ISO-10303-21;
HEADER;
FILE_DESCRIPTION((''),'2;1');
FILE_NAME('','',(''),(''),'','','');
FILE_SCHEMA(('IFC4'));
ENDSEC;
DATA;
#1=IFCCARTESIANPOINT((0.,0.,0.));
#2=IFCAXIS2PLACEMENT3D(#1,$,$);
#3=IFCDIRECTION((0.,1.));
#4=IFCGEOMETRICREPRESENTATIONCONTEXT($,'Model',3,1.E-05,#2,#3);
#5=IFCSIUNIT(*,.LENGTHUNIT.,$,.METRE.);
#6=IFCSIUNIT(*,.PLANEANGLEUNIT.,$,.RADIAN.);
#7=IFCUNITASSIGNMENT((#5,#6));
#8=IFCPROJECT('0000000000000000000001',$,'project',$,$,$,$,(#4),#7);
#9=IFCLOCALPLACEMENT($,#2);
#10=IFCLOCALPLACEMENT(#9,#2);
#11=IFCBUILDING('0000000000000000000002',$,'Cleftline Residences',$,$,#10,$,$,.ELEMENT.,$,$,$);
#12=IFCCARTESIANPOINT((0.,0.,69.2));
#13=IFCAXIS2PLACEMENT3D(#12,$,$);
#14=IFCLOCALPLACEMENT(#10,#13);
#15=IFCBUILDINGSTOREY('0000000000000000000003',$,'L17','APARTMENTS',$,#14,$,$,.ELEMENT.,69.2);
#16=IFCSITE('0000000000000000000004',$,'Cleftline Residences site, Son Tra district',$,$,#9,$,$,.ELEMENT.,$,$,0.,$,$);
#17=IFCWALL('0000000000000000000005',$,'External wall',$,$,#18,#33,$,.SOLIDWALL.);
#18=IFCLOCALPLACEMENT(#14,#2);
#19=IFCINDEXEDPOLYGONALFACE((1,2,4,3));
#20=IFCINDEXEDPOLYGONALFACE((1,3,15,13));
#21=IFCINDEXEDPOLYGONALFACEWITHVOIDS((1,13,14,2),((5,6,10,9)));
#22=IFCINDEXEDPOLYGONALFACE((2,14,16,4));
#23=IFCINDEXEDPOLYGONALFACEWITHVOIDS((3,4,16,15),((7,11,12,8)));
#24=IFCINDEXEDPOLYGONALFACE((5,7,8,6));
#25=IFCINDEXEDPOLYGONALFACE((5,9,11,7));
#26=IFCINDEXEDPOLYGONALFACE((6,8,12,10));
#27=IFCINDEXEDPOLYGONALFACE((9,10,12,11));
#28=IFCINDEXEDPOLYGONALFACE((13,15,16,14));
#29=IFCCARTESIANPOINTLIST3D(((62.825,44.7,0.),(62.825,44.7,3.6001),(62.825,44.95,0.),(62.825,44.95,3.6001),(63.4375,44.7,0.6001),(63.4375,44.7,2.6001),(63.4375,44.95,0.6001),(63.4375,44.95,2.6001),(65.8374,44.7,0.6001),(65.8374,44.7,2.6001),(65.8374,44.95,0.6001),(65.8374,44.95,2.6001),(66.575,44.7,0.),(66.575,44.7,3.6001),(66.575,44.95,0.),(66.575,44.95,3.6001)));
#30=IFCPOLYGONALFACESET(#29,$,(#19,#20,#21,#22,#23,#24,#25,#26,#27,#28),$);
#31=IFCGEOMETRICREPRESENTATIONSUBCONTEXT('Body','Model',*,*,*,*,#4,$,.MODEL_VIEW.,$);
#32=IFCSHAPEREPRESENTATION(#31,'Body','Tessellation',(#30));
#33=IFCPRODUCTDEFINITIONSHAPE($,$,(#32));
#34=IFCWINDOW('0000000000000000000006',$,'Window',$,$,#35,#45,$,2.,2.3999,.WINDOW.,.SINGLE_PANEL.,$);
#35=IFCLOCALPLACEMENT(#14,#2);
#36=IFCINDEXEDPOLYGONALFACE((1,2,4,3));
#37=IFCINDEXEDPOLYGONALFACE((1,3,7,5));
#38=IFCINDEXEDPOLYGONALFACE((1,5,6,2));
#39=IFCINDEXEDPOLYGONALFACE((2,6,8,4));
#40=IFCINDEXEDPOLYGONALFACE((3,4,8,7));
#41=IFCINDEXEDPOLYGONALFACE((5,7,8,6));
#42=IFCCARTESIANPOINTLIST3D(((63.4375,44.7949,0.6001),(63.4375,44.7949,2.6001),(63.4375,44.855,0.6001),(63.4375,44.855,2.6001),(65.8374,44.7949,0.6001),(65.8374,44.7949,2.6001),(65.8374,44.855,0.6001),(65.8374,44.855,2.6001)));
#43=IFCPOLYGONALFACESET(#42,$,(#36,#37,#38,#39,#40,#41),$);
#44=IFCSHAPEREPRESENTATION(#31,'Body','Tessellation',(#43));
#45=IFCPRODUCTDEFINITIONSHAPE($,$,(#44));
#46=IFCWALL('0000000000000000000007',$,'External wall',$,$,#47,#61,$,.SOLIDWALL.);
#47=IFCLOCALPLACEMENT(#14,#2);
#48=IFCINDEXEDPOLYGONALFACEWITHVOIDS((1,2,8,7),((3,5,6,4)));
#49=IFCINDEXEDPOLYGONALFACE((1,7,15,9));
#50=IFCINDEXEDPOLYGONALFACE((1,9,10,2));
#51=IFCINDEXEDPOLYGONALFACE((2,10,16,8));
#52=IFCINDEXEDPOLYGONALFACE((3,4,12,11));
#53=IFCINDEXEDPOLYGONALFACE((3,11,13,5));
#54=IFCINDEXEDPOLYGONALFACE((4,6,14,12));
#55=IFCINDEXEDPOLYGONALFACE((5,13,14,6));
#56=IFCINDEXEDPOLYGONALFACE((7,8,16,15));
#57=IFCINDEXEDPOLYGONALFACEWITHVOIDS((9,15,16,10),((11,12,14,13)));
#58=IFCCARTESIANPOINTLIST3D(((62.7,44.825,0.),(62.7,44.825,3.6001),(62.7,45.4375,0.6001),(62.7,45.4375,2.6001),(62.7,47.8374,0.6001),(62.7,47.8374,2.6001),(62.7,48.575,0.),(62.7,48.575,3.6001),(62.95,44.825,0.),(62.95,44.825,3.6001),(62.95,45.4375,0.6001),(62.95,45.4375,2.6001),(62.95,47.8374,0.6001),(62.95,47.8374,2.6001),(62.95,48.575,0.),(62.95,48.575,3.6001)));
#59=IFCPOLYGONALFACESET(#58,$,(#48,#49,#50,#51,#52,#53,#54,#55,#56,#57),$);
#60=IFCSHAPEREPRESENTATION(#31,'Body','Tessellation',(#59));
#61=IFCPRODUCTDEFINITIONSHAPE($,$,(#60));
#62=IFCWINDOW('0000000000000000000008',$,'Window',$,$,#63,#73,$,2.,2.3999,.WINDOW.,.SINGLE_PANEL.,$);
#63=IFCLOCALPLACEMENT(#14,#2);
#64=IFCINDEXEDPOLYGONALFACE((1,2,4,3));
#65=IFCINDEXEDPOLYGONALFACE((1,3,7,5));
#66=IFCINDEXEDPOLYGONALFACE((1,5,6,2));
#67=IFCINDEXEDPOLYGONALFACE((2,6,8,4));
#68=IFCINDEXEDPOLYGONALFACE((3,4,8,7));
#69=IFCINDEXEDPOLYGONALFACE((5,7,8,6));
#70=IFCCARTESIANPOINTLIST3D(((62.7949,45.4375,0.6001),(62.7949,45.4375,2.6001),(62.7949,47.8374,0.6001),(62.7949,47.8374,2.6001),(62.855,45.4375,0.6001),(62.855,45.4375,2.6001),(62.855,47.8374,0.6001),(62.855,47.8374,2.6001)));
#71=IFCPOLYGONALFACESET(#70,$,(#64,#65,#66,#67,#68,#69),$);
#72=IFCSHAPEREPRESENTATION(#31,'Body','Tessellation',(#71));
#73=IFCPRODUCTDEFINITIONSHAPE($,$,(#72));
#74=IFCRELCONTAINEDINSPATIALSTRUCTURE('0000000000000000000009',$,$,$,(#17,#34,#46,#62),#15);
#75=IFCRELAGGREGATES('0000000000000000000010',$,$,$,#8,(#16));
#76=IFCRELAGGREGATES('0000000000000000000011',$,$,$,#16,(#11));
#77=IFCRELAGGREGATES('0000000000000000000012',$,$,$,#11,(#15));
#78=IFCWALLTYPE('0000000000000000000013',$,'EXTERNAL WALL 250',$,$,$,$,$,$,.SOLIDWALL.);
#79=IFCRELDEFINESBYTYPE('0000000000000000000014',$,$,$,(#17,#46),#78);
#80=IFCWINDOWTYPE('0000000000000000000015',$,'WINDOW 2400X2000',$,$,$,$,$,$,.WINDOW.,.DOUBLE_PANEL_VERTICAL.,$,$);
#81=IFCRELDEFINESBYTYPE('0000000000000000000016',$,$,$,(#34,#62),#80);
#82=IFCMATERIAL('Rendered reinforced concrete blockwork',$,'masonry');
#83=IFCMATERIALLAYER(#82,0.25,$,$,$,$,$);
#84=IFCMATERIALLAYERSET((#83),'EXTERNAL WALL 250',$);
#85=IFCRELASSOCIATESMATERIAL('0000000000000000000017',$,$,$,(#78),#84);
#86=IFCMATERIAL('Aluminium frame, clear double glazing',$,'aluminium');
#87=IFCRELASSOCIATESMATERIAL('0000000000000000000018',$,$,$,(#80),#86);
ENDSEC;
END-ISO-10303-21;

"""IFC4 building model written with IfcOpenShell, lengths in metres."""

from ifc_helpers import new_model, si_unit, direction, frame, frame_2d, origin, place, context, subcontext, project, spatial, rectangle, extrude, material, layer, layer_set, type_object, element, fill, save


model = new_model("IFC4")

# Units and contexts
model_context = context("Model", 3, precision=1e-05, world=origin(), true_north=direction((0.0, 1.0)))
body_context = subcontext(model_context, "Body", "Model", "MODEL_VIEW")
ifc_project = project(units=[si_unit("LENGTHUNIT", "METRE"), si_unit("PLANEANGLEUNIT", "RADIAN")], contexts=[model_context])

# Site, building, storey
site_placement = place(None, origin())
site = spatial("IfcSite", under=ifc_project, at=site_placement, Name="Cleftline Residences site, Son Tra district", CompositionType="ELEMENT", RefElevation=0.0)
building_placement = place(site_placement, origin())
building = spatial("IfcBuilding", under=site, at=building_placement, Name="Cleftline Residences", CompositionType="ELEMENT")
storey_placement = place(building_placement, frame((0.0, 0.0, 69.2)))
storey = spatial("IfcBuildingStorey", under=building, at=storey_placement, Name="L17", Description="APARTMENTS", CompositionType="ELEMENT", Elevation=69.2)

# Walls, openings, windows
ifc_material_1 = material(Name="Rendered reinforced concrete blockwork", Category="masonry")
ifc_layer_1 = layer(ifc_material_1, 0.25)
ifc_layer_set_1 = layer_set([ifc_layer_1], Name="EXTERNAL WALL 250")
wall_type_1 = type_object("IfcWallType", Name="EXTERNAL WALL 250", PredefinedType="SOLIDWALL", material=ifc_layer_set_1)
wall_1_placement = place(storey_placement, frame((66.575, 44.825, 0.0), z_axis=(0.0, 0.0, 1.0), x_axis=(-1.0, 0.0, 0.0)))
wall_1 = element("IfcWall", 1, at=wall_1_placement, inside=storey, type_object=wall_type_1, Name="External wall", PredefinedType="SOLIDWALL", context=body_context, shape_type="SweptSolid", body=[
    extrude(rectangle(XDim=3.75, YDim=0.25, at=frame_2d((1.875, 0.0))), origin(), (0.0, 0.0, 1.0), 3.6001),
])
opening_1_placement = place(wall_1_placement, frame((0.7375, 0.0, 0.6001)))
opening_1 = element("IfcOpeningElement", 2, at=opening_1_placement, cuts=wall_1, PredefinedType="OPENING", context=body_context, shape_type="SweptSolid", body=[
    extrude(rectangle(XDim=2.3999, YDim=2.0, at=frame_2d((1.2, 1.0))), frame((0.0, 0.135, 0.0), z_axis=(0.0, -1.0, 0.0), x_axis=(1.0, 0.0, 0.0)), (0.0, 0.0, 1.0), 0.27),
])
ifc_material_2 = material(Name="Aluminium frame, clear double glazing", Category="aluminium")
window_type_1 = type_object("IfcWindowType", Name="WINDOW 2400X2000", PartitioningType="DOUBLE_PANEL_VERTICAL", PredefinedType="WINDOW", material=ifc_material_2)
window_1_placement = place(opening_1_placement, origin())
window_1 = element("IfcWindow", 3, at=window_1_placement, inside=storey, type_object=window_type_1, Name="Window", OverallHeight=2.0, OverallWidth=2.3999, PartitioningType="SINGLE_PANEL", PredefinedType="WINDOW", context=body_context, shape_type="SweptSolid", body=[
    extrude(rectangle(XDim=2.3999, YDim=2.0, at=frame_2d((1.2, 1.0))), frame((0.0, 0.03, 0.0), z_axis=(0.0, -1.0, 0.0), x_axis=(1.0, 0.0, 0.0)), (0.0, 0.0, 1.0), 0.0601),
])
fill(opening_1, window_1)
wall_2_placement = place(storey_placement, frame((62.825, 44.825, 0.0), z_axis=(0.0, 0.0, 1.0), x_axis=(0.0, 1.0, 0.0)))
wall_2 = element("IfcWall", 4, at=wall_2_placement, inside=storey, type_object=wall_type_1, Name="External wall", PredefinedType="SOLIDWALL", context=body_context, shape_type="SweptSolid", body=[
    extrude(rectangle(XDim=3.75, YDim=0.25, at=frame_2d((1.875, 0.0))), origin(), (0.0, 0.0, 1.0), 3.6001),
])
opening_2_placement = place(wall_2_placement, frame((0.6125, 0.0, 0.6001)))
opening_2 = element("IfcOpeningElement", 5, at=opening_2_placement, cuts=wall_2, PredefinedType="OPENING", context=body_context, shape_type="SweptSolid", body=[
    extrude(rectangle(XDim=2.3999, YDim=2.0, at=frame_2d((1.2, 1.0))), frame((0.0, 0.135, 0.0), z_axis=(0.0, -1.0, 0.0), x_axis=(1.0, 0.0, 0.0)), (0.0, 0.0, 1.0), 0.27),
])
window_2_placement = place(opening_2_placement, origin())
window_2 = element("IfcWindow", 6, at=window_2_placement, inside=storey, type_object=window_type_1, Name="Window", OverallHeight=2.0, OverallWidth=2.3999, PartitioningType="SINGLE_PANEL", PredefinedType="WINDOW", context=body_context, shape_type="SweptSolid", body=[
    extrude(rectangle(XDim=2.3999, YDim=2.0, at=frame_2d((1.2, 1.0))), frame((0.0, 0.03, 0.0), z_axis=(0.0, -1.0, 0.0), x_axis=(1.0, 0.0, 0.0)), (0.0, 0.0, 1.0), 0.0601),
])
fill(opening_2, window_2)

save(model, "model.ifc")
